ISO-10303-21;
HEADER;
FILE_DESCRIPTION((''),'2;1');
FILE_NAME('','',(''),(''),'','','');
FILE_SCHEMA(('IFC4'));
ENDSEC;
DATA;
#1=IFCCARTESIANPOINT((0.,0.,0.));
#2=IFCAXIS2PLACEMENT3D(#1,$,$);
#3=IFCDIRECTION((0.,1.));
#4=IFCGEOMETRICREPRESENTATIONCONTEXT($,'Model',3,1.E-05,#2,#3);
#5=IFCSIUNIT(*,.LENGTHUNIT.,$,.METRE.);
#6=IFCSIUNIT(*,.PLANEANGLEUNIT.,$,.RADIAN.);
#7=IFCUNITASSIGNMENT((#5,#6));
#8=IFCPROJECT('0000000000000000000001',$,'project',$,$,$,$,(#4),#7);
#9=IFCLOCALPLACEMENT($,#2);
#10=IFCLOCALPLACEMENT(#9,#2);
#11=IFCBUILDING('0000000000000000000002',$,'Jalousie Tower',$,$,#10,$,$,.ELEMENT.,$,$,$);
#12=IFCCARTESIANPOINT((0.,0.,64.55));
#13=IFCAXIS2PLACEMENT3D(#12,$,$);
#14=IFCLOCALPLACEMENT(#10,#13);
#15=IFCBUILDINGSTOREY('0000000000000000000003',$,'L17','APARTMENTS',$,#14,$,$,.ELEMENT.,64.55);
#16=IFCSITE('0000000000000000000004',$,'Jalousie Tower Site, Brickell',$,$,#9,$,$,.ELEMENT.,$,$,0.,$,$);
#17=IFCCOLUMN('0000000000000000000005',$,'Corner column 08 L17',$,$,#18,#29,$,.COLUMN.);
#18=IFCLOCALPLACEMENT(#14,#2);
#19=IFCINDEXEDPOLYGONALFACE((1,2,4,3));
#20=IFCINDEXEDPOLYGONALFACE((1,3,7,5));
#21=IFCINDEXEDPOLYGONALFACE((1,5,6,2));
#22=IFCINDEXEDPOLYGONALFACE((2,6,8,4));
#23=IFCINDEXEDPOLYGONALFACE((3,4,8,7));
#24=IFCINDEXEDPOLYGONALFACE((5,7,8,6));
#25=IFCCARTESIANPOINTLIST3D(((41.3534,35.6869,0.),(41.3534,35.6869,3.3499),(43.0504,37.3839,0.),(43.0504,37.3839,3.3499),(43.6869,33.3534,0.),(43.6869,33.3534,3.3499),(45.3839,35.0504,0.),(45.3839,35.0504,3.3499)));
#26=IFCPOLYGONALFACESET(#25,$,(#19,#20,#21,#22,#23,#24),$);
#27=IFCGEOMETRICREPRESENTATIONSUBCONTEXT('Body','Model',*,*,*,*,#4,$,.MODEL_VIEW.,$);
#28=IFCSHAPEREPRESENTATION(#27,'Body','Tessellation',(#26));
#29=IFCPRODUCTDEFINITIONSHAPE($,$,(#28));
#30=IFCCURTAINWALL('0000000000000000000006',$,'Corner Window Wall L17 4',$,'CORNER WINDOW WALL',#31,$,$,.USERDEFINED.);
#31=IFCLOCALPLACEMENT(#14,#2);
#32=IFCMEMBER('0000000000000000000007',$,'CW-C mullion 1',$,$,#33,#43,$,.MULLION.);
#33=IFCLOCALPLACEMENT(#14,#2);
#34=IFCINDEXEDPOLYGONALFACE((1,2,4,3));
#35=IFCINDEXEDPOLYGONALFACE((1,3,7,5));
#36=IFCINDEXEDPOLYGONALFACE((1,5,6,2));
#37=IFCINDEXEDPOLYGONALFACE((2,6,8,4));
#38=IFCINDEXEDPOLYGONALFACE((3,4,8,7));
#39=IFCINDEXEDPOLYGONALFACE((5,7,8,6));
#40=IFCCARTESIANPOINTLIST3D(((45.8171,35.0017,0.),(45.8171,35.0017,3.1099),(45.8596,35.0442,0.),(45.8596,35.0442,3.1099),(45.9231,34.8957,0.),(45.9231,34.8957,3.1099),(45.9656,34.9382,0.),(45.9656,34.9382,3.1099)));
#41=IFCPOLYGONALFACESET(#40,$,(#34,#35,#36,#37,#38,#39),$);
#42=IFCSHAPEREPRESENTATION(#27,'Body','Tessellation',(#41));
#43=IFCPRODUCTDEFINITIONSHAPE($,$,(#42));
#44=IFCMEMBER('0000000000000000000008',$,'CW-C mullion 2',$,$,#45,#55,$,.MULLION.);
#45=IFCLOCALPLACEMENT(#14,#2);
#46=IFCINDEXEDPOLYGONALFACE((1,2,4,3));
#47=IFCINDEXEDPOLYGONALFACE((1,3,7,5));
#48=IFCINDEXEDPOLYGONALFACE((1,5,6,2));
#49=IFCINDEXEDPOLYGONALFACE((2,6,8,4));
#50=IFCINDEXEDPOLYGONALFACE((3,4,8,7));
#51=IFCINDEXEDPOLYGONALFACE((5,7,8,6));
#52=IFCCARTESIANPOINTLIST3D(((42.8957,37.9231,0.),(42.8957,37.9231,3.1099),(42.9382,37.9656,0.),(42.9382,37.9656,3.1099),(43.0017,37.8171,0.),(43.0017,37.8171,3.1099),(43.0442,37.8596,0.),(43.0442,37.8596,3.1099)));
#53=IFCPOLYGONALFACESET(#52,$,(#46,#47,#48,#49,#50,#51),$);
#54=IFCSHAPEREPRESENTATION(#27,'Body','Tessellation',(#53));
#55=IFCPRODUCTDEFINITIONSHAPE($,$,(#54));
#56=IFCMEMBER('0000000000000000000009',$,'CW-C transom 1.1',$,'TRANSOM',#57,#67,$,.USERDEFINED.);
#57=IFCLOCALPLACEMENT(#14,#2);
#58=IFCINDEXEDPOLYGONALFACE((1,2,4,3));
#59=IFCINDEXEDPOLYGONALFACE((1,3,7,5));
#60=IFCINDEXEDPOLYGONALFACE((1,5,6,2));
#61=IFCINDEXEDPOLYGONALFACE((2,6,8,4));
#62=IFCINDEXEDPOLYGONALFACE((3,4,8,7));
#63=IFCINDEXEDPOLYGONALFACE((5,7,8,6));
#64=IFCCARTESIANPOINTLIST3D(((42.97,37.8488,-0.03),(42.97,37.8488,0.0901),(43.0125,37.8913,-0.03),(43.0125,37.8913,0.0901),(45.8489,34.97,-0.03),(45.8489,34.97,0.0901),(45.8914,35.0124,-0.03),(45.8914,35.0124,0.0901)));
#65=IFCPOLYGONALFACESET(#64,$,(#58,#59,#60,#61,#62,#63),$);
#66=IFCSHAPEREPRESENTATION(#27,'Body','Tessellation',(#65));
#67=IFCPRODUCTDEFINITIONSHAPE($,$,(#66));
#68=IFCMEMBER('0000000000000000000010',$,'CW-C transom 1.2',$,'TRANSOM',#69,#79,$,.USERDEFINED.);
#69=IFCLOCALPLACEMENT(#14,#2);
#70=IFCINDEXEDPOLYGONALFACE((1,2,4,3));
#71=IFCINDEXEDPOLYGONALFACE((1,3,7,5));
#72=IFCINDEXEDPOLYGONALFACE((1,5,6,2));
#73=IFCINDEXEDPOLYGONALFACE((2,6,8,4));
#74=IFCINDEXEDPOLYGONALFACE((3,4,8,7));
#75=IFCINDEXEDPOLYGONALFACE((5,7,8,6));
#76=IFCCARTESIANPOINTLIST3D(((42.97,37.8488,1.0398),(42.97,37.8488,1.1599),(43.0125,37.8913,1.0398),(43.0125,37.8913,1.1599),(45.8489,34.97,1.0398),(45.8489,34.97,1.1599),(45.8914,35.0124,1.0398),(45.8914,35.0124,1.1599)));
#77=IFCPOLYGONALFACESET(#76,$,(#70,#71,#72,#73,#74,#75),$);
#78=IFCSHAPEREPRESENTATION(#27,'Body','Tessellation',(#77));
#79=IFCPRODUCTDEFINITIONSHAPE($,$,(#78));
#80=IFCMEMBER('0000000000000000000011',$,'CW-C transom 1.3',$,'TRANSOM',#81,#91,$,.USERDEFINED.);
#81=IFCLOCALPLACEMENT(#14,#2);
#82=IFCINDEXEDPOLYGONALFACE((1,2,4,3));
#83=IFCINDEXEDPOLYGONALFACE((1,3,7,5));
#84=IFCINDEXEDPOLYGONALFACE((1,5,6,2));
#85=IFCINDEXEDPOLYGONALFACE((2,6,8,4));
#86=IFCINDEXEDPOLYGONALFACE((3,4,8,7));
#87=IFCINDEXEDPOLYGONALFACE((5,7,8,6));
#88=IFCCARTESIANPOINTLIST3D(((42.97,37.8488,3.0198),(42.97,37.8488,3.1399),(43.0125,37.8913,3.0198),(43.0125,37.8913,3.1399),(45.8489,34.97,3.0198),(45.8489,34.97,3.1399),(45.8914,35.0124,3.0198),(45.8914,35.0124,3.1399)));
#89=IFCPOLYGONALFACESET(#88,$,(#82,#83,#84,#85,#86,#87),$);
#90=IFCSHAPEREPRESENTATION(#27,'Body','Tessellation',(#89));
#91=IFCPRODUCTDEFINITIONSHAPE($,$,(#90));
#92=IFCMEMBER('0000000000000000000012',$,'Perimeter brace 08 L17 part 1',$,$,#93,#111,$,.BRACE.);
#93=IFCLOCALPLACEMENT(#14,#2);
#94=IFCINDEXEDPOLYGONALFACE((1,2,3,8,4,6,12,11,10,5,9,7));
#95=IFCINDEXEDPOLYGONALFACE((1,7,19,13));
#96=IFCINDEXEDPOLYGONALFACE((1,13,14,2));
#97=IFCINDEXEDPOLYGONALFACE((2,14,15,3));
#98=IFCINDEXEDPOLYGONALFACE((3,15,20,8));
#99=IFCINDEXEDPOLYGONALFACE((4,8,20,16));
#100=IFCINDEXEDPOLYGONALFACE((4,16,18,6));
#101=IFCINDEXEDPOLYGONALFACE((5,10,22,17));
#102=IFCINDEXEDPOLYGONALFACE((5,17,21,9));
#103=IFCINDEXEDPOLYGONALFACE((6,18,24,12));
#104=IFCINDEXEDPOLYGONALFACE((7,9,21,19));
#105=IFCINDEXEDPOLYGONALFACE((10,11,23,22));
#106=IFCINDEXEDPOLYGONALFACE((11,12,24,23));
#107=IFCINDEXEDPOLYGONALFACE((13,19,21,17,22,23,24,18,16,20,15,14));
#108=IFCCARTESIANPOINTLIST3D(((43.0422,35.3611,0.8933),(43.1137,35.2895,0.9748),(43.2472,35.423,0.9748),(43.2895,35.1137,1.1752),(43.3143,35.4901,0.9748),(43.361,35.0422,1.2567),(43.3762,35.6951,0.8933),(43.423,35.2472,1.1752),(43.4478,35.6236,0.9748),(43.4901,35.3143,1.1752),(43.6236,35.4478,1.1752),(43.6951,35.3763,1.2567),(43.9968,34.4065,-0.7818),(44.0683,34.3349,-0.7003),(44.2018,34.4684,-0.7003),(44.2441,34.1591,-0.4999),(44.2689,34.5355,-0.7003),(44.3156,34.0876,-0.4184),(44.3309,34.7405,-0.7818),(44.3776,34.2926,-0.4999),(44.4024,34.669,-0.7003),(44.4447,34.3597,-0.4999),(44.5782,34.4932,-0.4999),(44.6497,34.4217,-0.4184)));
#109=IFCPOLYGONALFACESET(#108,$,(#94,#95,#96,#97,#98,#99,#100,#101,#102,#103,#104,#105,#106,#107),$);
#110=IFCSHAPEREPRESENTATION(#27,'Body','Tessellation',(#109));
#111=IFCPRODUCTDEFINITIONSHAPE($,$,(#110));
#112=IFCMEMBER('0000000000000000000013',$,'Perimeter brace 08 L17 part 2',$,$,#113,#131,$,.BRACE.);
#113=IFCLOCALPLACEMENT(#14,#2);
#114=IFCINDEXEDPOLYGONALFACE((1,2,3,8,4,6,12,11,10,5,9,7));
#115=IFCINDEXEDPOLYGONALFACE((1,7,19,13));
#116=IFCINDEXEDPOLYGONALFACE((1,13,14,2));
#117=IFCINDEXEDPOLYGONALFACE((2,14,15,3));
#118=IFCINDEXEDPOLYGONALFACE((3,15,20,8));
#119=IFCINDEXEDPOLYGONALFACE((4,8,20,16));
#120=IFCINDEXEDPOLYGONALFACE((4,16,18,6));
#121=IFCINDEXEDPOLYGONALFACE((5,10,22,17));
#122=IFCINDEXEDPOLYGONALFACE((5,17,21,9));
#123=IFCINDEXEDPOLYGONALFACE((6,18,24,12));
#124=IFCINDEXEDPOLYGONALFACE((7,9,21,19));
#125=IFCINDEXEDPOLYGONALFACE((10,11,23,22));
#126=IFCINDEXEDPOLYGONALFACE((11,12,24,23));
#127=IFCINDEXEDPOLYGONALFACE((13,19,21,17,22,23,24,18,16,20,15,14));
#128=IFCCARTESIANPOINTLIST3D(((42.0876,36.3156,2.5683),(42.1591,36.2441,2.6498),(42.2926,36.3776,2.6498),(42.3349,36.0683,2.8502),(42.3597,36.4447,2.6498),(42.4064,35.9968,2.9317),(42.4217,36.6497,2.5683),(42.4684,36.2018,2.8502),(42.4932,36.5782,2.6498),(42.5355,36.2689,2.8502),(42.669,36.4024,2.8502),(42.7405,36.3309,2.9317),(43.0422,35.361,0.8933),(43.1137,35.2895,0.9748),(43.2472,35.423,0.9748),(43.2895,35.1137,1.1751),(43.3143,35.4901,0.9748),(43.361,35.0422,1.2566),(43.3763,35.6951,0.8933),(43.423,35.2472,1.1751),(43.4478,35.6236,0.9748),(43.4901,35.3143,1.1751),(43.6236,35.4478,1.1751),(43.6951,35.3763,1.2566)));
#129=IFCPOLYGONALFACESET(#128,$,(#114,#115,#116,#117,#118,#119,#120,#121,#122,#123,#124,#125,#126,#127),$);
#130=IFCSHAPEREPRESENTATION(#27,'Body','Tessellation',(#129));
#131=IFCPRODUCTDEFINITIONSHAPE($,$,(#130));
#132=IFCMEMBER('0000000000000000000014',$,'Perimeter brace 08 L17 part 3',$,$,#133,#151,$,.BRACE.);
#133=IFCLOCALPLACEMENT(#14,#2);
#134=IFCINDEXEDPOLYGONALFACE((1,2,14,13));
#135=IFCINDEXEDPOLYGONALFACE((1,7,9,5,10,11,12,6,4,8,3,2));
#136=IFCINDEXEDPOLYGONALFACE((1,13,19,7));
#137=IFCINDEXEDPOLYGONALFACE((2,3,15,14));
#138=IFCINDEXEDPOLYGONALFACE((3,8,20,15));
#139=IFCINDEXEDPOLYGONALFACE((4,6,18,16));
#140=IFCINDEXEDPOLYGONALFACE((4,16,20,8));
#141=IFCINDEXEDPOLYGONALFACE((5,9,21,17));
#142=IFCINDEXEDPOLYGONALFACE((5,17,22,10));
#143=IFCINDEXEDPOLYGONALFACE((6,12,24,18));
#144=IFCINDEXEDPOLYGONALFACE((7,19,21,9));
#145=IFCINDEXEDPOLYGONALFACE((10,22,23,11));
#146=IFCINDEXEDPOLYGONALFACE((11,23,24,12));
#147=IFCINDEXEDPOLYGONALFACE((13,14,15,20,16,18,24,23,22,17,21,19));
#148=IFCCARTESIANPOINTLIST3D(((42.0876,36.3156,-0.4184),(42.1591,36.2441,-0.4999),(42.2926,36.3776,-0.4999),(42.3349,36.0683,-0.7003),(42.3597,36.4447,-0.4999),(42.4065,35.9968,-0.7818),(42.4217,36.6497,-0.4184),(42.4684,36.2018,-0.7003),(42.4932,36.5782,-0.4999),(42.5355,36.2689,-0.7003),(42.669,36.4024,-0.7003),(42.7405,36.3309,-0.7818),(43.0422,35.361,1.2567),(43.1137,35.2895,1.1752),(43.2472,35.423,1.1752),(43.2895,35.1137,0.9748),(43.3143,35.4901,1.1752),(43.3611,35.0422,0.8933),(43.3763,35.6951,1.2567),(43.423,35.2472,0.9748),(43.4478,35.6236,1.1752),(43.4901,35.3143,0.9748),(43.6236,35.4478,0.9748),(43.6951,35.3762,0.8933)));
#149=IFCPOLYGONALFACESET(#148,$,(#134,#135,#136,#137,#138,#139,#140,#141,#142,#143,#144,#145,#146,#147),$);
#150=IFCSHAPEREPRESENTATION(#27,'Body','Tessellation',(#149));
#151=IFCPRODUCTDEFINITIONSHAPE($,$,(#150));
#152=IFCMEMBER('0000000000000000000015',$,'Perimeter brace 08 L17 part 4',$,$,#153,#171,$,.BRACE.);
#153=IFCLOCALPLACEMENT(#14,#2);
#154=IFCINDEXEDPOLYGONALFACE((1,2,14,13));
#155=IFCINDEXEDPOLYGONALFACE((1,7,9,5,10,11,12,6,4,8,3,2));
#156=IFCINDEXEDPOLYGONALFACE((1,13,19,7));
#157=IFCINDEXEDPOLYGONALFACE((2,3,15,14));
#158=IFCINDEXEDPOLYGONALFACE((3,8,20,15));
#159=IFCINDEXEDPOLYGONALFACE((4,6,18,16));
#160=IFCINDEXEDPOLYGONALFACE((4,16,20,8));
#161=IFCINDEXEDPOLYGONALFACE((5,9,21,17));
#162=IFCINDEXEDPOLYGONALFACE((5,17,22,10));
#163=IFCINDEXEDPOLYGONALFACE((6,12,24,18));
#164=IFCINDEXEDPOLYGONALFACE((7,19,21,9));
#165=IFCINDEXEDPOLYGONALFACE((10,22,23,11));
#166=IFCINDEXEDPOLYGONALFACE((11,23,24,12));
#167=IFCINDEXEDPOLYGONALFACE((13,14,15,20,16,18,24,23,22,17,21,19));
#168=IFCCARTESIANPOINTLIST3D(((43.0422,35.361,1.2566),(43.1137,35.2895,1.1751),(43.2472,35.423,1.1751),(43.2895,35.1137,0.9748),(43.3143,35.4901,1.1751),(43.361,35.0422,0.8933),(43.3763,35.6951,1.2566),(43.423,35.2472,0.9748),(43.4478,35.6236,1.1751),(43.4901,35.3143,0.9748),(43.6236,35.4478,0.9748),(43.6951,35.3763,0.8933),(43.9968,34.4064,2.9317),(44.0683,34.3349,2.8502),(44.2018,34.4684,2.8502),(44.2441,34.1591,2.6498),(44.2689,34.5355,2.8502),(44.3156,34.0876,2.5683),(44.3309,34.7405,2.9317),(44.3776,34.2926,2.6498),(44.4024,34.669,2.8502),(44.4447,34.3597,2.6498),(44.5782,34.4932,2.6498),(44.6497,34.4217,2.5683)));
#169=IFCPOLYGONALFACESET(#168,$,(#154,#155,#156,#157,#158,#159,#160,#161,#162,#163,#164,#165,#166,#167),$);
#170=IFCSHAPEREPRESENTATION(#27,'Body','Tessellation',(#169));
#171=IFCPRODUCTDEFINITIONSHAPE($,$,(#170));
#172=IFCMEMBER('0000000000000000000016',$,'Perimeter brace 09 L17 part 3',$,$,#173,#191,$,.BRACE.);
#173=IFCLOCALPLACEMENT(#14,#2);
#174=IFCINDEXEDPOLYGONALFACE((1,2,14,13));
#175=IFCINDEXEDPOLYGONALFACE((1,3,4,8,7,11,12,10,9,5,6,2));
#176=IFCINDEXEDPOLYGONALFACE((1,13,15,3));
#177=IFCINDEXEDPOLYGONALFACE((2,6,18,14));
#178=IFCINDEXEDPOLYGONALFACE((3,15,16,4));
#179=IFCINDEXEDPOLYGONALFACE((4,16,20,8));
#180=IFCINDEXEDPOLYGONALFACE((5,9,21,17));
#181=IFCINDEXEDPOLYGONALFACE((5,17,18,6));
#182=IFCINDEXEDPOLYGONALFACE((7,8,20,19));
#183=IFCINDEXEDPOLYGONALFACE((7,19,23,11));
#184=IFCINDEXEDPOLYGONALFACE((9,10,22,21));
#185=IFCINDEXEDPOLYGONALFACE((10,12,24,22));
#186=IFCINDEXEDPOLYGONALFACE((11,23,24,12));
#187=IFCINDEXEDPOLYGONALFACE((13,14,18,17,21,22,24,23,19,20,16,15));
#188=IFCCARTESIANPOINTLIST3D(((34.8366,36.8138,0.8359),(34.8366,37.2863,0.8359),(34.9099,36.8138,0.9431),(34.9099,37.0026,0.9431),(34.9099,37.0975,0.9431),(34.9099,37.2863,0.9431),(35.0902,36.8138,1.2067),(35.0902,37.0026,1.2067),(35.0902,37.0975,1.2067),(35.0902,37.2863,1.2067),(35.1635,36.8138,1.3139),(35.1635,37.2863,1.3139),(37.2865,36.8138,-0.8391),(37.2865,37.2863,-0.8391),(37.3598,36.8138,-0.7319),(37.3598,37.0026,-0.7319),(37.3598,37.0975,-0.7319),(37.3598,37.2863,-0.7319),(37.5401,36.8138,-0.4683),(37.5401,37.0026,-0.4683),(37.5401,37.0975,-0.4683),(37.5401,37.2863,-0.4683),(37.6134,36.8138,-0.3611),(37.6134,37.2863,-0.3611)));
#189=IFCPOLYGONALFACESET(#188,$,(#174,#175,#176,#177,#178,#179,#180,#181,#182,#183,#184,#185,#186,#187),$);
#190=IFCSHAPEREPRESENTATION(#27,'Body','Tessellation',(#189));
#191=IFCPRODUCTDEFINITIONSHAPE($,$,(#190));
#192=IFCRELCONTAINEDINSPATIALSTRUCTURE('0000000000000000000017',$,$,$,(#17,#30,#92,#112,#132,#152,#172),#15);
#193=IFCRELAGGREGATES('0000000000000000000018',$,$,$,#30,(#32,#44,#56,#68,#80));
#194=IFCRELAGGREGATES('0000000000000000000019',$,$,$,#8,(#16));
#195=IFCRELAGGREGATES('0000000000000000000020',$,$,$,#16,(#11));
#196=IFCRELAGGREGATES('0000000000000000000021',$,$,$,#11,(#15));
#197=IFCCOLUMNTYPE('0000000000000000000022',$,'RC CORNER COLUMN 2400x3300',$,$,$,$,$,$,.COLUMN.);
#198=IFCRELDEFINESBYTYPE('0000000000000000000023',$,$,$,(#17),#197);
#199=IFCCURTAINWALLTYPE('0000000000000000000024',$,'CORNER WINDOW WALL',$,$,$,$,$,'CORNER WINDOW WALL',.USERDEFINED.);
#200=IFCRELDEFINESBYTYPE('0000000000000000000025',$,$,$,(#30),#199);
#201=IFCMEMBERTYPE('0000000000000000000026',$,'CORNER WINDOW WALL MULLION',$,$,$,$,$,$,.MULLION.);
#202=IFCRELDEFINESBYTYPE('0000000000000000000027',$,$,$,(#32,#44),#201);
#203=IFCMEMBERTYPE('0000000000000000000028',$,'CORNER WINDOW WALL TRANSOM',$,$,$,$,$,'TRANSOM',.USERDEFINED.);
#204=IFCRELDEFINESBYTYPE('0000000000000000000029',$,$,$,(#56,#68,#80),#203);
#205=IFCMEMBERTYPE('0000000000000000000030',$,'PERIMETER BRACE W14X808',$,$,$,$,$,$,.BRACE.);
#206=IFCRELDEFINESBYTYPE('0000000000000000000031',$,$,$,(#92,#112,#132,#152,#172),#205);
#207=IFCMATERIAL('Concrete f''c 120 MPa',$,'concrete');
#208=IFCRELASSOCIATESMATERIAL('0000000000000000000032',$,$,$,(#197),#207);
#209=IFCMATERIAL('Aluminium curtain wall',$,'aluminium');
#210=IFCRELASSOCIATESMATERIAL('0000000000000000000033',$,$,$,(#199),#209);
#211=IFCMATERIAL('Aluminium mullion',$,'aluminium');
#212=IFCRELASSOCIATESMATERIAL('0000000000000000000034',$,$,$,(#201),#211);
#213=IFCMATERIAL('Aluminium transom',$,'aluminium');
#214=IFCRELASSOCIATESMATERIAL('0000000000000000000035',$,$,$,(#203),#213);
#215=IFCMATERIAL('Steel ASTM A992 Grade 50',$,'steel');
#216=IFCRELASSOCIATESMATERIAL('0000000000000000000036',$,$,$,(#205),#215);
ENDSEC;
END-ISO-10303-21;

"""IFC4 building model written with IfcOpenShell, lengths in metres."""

from ifc_helpers import new_model, si_unit, direction, frame, origin, origin_2d, place, context, subcontext, project, spatial, rectangle, i_section, extrude, material, material_profile, profile_set, type_object, element, aggregate, save


model = new_model("IFC4")

# Units and contexts
model_context = context("Model", 3, precision=1e-05, world=origin(), true_north=direction((0.0, 1.0)))
body_context = subcontext(model_context, "Body", "Model", "MODEL_VIEW")
ifc_project = project(units=[si_unit("LENGTHUNIT", "METRE"), si_unit("PLANEANGLEUNIT", "RADIAN")], contexts=[model_context])

# Site, building, storey
site_placement = place(None, origin())
site = spatial("IfcSite", under=ifc_project, at=site_placement, Name="Jalousie Tower Site, Brickell", CompositionType="ELEMENT", RefElevation=0.0)
building_placement = place(site_placement, origin())
building = spatial("IfcBuilding", under=site, at=building_placement, Name="Jalousie Tower", CompositionType="ELEMENT")
storey_placement = place(building_placement, frame((0.0, 0.0, 64.55)))
storey = spatial("IfcBuildingStorey", under=building, at=storey_placement, Name="L17", Description="APARTMENTS", CompositionType="ELEMENT", Elevation=64.55)

# Column
ifc_material_1 = material(Name="Concrete f'c 120 MPa", Category="concrete")
ifc_material_profile_1 = material_profile(ifc_material_1, rectangle(XDim=2.3999, YDim=3.3, at=origin_2d()), Name="RC 2400x3300")
ifc_profile_set_1 = profile_set([ifc_material_profile_1], Name="Concrete f'c 120 MPa")
column_type = type_object("IfcColumnType", Name="RC CORNER COLUMN 2400x3300", PredefinedType="COLUMN", material=ifc_profile_set_1)
column_placement = place(storey_placement, frame((43.3687, 35.3687, 0.0), z_axis=(0.0, 0.0, 1.0), x_axis=(-0.707107, -0.707107, 0.0)))
element("IfcColumn", 1, at=column_placement, inside=storey, type_object=column_type, Name="Corner column 08 L17", PredefinedType="COLUMN", context=body_context, shape_type="SweptSolid", body=[
    extrude(rectangle(XDim=2.3999, YDim=3.3, at=origin_2d()), origin(), (0.0, 0.0, 1.0), 3.3499),
])

# Curtain wall, members
ifc_material_2 = material(Name="Aluminium curtain wall", Category="aluminium")
curtain_wall_type_1 = type_object("IfcCurtainWallType", Name="CORNER WINDOW WALL", ElementType="CORNER WINDOW WALL", PredefinedType="USERDEFINED", material=ifc_material_2)
curtain_wall_1_placement = place(storey_placement, origin())
curtain_wall_1 = element("IfcCurtainWall", 2, at=curtain_wall_1_placement, inside=storey, type_object=curtain_wall_type_1, Name="Corner Window Wall L17 4", ObjectType="CORNER WINDOW WALL", PredefinedType="USERDEFINED")
ifc_material_3 = material(Name="Aluminium mullion", Category="aluminium")
ifc_material_profile_2 = material_profile(ifc_material_3, rectangle(XDim=0.0601, YDim=0.1499, at=origin_2d()), Name="MULLION 60x150")
ifc_profile_set_2 = profile_set([ifc_material_profile_2], Name="Aluminium mullion")
member_type_1 = type_object("IfcMemberType", Name="CORNER WINDOW WALL MULLION", PredefinedType="MULLION", material=ifc_profile_set_2)
member_1_placement = place(storey_placement, frame((45.8914, 34.97, 0.0), z_axis=(0.0, 0.0, 1.0), x_axis=(-0.707107, -0.707107, 0.0)))
member_1 = element("IfcMember", 3, at=member_1_placement, type_object=member_type_1, Name="CW-C mullion 1", PredefinedType="MULLION", context=body_context, shape_type="SweptSolid", body=[
    extrude(rectangle(XDim=0.0601, YDim=0.1499, at=origin_2d()), origin(), (0.0, 0.0, 1.0), 3.1099),
])
member_2_placement = place(storey_placement, frame((42.97, 37.8914, 0.0), z_axis=(0.0, 0.0, 1.0), x_axis=(-0.707107, -0.707107, 0.0)))
member_2 = element("IfcMember", 4, at=member_2_placement, type_object=member_type_1, Name="CW-C mullion 2", PredefinedType="MULLION", context=body_context, shape_type="SweptSolid", body=[
    extrude(rectangle(XDim=0.0601, YDim=0.1499, at=origin_2d()), origin(), (0.0, 0.0, 1.0), 3.1099),
])
ifc_material_4 = material(Name="Aluminium transom", Category="aluminium")
ifc_material_profile_3 = material_profile(ifc_material_4, rectangle(XDim=0.0601, YDim=0.1201, at=origin_2d()), Name="TRANSOM 60x120")
ifc_profile_set_3 = profile_set([ifc_material_profile_3], Name="Aluminium transom")
member_type_2 = type_object("IfcMemberType", Name="CORNER WINDOW WALL TRANSOM", ElementType="TRANSOM", PredefinedType="USERDEFINED", material=ifc_profile_set_3)
member_3_placement = place(storey_placement, frame((45.8701, 34.9912, 0.03), z_axis=(-0.707107, 0.707107, 0.0), x_axis=(-0.707107, -0.707107, 0.0)))
member_3 = element("IfcMember", 5, at=member_3_placement, type_object=member_type_2, Name="CW-C transom 1.1", ObjectType="TRANSOM", PredefinedType="USERDEFINED", context=body_context, shape_type="SweptSolid", body=[
    extrude(rectangle(XDim=0.0601, YDim=0.1201, at=origin_2d()), origin(), (0.0, 0.0, 1.0), 4.0713),
])
member_4_placement = place(storey_placement, frame((45.8701, 34.9912, 1.0999), z_axis=(-0.707107, 0.707107, 0.0), x_axis=(-0.707107, -0.707107, 0.0)))
member_4 = element("IfcMember", 6, at=member_4_placement, type_object=member_type_2, Name="CW-C transom 1.2", ObjectType="TRANSOM", PredefinedType="USERDEFINED", context=body_context, shape_type="SweptSolid", body=[
    extrude(rectangle(XDim=0.0601, YDim=0.1201, at=origin_2d()), origin(), (0.0, 0.0, 1.0), 4.0713),
])
member_5_placement = place(storey_placement, frame((45.8701, 34.9912, 3.0798), z_axis=(-0.707107, 0.707107, 0.0), x_axis=(-0.707107, -0.707107, 0.0)))
member_5 = element("IfcMember", 7, at=member_5_placement, type_object=member_type_2, Name="CW-C transom 1.3", ObjectType="TRANSOM", PredefinedType="USERDEFINED", context=body_context, shape_type="SweptSolid", body=[
    extrude(rectangle(XDim=0.0601, YDim=0.1201, at=origin_2d()), origin(), (0.0, 0.0, 1.0), 4.0713),
])

# Members
ifc_material_5 = material(Name="Steel ASTM A992 Grade 50", Category="steel")
ifc_material_profile_4 = material_profile(ifc_material_5, i_section(OverallWidth=0.4724, OverallDepth=0.5791, WebThickness=0.095, FlangeThickness=0.1299, at=origin_2d()), Name="W14X808")
ifc_profile_set_4 = profile_set([ifc_material_profile_4], Name="Steel ASTM A992 Grade 50")
member_type_3 = type_object("IfcMemberType", Name="PERIMETER BRACE W14X808", PredefinedType="BRACE", material=ifc_profile_set_4)
for number, where, z_axis, x_axis, name in (
    (8, (44.3232, 34.4141, -0.6001), (-0.443718, 0.443718, 0.778607), (-0.707107, -0.707107, 0.0), "Perimeter brace 08 L17 part 1"),
    (9, (43.3687, 35.3687, 1.075), (-0.443718, 0.443718, 0.778607), (-0.707107, -0.707107, 0.0), "Perimeter brace 08 L17 part 2"),
    (10, (42.4141, 36.3232, -0.6001), (0.443718, -0.443718, 0.778607), (0.707107, 0.707107, 0.0), "Perimeter brace 08 L17 part 3"),
    (11, (43.3687, 35.3687, 1.075), (0.443718, -0.443718, 0.778607), (0.707107, 0.707107, 0.0), "Perimeter brace 08 L17 part 4"),
):
    element("IfcMember", number, at=place(storey_placement, frame(where, z_axis=z_axis, x_axis=x_axis)), inside=storey, type_object=member_type_3, Name=name, PredefinedType="BRACE", context=body_context, shape_type="SweptSolid", body=[
        extrude(i_section(OverallWidth=0.4724, OverallDepth=0.5791, WebThickness=0.095, FlangeThickness=0.1299, at=origin_2d()), origin(), (0.0, 0.0, 1.0), 2.1514),
    ])
member_6_placement = place(storey_placement, frame((37.45, 37.05, -0.6001), z_axis=(-0.825501, 0.0, 0.564401), x_axis=(0.0, -1.0, 0.0)))
element("IfcMember", 12, at=member_6_placement, inside=storey, type_object=member_type_3, Name="Perimeter brace 09 L17 part 3", PredefinedType="BRACE", context=body_context, shape_type="SweptSolid", body=[
    extrude(i_section(OverallWidth=0.4724, OverallDepth=0.5791, WebThickness=0.095, FlangeThickness=0.1299, at=origin_2d()), origin(), (0.0, 0.0, 1.0), 2.9678),
])

aggregate(curtain_wall_1, [member_1, member_2, member_3, member_4, member_5])

save(model, "model.ifc")
